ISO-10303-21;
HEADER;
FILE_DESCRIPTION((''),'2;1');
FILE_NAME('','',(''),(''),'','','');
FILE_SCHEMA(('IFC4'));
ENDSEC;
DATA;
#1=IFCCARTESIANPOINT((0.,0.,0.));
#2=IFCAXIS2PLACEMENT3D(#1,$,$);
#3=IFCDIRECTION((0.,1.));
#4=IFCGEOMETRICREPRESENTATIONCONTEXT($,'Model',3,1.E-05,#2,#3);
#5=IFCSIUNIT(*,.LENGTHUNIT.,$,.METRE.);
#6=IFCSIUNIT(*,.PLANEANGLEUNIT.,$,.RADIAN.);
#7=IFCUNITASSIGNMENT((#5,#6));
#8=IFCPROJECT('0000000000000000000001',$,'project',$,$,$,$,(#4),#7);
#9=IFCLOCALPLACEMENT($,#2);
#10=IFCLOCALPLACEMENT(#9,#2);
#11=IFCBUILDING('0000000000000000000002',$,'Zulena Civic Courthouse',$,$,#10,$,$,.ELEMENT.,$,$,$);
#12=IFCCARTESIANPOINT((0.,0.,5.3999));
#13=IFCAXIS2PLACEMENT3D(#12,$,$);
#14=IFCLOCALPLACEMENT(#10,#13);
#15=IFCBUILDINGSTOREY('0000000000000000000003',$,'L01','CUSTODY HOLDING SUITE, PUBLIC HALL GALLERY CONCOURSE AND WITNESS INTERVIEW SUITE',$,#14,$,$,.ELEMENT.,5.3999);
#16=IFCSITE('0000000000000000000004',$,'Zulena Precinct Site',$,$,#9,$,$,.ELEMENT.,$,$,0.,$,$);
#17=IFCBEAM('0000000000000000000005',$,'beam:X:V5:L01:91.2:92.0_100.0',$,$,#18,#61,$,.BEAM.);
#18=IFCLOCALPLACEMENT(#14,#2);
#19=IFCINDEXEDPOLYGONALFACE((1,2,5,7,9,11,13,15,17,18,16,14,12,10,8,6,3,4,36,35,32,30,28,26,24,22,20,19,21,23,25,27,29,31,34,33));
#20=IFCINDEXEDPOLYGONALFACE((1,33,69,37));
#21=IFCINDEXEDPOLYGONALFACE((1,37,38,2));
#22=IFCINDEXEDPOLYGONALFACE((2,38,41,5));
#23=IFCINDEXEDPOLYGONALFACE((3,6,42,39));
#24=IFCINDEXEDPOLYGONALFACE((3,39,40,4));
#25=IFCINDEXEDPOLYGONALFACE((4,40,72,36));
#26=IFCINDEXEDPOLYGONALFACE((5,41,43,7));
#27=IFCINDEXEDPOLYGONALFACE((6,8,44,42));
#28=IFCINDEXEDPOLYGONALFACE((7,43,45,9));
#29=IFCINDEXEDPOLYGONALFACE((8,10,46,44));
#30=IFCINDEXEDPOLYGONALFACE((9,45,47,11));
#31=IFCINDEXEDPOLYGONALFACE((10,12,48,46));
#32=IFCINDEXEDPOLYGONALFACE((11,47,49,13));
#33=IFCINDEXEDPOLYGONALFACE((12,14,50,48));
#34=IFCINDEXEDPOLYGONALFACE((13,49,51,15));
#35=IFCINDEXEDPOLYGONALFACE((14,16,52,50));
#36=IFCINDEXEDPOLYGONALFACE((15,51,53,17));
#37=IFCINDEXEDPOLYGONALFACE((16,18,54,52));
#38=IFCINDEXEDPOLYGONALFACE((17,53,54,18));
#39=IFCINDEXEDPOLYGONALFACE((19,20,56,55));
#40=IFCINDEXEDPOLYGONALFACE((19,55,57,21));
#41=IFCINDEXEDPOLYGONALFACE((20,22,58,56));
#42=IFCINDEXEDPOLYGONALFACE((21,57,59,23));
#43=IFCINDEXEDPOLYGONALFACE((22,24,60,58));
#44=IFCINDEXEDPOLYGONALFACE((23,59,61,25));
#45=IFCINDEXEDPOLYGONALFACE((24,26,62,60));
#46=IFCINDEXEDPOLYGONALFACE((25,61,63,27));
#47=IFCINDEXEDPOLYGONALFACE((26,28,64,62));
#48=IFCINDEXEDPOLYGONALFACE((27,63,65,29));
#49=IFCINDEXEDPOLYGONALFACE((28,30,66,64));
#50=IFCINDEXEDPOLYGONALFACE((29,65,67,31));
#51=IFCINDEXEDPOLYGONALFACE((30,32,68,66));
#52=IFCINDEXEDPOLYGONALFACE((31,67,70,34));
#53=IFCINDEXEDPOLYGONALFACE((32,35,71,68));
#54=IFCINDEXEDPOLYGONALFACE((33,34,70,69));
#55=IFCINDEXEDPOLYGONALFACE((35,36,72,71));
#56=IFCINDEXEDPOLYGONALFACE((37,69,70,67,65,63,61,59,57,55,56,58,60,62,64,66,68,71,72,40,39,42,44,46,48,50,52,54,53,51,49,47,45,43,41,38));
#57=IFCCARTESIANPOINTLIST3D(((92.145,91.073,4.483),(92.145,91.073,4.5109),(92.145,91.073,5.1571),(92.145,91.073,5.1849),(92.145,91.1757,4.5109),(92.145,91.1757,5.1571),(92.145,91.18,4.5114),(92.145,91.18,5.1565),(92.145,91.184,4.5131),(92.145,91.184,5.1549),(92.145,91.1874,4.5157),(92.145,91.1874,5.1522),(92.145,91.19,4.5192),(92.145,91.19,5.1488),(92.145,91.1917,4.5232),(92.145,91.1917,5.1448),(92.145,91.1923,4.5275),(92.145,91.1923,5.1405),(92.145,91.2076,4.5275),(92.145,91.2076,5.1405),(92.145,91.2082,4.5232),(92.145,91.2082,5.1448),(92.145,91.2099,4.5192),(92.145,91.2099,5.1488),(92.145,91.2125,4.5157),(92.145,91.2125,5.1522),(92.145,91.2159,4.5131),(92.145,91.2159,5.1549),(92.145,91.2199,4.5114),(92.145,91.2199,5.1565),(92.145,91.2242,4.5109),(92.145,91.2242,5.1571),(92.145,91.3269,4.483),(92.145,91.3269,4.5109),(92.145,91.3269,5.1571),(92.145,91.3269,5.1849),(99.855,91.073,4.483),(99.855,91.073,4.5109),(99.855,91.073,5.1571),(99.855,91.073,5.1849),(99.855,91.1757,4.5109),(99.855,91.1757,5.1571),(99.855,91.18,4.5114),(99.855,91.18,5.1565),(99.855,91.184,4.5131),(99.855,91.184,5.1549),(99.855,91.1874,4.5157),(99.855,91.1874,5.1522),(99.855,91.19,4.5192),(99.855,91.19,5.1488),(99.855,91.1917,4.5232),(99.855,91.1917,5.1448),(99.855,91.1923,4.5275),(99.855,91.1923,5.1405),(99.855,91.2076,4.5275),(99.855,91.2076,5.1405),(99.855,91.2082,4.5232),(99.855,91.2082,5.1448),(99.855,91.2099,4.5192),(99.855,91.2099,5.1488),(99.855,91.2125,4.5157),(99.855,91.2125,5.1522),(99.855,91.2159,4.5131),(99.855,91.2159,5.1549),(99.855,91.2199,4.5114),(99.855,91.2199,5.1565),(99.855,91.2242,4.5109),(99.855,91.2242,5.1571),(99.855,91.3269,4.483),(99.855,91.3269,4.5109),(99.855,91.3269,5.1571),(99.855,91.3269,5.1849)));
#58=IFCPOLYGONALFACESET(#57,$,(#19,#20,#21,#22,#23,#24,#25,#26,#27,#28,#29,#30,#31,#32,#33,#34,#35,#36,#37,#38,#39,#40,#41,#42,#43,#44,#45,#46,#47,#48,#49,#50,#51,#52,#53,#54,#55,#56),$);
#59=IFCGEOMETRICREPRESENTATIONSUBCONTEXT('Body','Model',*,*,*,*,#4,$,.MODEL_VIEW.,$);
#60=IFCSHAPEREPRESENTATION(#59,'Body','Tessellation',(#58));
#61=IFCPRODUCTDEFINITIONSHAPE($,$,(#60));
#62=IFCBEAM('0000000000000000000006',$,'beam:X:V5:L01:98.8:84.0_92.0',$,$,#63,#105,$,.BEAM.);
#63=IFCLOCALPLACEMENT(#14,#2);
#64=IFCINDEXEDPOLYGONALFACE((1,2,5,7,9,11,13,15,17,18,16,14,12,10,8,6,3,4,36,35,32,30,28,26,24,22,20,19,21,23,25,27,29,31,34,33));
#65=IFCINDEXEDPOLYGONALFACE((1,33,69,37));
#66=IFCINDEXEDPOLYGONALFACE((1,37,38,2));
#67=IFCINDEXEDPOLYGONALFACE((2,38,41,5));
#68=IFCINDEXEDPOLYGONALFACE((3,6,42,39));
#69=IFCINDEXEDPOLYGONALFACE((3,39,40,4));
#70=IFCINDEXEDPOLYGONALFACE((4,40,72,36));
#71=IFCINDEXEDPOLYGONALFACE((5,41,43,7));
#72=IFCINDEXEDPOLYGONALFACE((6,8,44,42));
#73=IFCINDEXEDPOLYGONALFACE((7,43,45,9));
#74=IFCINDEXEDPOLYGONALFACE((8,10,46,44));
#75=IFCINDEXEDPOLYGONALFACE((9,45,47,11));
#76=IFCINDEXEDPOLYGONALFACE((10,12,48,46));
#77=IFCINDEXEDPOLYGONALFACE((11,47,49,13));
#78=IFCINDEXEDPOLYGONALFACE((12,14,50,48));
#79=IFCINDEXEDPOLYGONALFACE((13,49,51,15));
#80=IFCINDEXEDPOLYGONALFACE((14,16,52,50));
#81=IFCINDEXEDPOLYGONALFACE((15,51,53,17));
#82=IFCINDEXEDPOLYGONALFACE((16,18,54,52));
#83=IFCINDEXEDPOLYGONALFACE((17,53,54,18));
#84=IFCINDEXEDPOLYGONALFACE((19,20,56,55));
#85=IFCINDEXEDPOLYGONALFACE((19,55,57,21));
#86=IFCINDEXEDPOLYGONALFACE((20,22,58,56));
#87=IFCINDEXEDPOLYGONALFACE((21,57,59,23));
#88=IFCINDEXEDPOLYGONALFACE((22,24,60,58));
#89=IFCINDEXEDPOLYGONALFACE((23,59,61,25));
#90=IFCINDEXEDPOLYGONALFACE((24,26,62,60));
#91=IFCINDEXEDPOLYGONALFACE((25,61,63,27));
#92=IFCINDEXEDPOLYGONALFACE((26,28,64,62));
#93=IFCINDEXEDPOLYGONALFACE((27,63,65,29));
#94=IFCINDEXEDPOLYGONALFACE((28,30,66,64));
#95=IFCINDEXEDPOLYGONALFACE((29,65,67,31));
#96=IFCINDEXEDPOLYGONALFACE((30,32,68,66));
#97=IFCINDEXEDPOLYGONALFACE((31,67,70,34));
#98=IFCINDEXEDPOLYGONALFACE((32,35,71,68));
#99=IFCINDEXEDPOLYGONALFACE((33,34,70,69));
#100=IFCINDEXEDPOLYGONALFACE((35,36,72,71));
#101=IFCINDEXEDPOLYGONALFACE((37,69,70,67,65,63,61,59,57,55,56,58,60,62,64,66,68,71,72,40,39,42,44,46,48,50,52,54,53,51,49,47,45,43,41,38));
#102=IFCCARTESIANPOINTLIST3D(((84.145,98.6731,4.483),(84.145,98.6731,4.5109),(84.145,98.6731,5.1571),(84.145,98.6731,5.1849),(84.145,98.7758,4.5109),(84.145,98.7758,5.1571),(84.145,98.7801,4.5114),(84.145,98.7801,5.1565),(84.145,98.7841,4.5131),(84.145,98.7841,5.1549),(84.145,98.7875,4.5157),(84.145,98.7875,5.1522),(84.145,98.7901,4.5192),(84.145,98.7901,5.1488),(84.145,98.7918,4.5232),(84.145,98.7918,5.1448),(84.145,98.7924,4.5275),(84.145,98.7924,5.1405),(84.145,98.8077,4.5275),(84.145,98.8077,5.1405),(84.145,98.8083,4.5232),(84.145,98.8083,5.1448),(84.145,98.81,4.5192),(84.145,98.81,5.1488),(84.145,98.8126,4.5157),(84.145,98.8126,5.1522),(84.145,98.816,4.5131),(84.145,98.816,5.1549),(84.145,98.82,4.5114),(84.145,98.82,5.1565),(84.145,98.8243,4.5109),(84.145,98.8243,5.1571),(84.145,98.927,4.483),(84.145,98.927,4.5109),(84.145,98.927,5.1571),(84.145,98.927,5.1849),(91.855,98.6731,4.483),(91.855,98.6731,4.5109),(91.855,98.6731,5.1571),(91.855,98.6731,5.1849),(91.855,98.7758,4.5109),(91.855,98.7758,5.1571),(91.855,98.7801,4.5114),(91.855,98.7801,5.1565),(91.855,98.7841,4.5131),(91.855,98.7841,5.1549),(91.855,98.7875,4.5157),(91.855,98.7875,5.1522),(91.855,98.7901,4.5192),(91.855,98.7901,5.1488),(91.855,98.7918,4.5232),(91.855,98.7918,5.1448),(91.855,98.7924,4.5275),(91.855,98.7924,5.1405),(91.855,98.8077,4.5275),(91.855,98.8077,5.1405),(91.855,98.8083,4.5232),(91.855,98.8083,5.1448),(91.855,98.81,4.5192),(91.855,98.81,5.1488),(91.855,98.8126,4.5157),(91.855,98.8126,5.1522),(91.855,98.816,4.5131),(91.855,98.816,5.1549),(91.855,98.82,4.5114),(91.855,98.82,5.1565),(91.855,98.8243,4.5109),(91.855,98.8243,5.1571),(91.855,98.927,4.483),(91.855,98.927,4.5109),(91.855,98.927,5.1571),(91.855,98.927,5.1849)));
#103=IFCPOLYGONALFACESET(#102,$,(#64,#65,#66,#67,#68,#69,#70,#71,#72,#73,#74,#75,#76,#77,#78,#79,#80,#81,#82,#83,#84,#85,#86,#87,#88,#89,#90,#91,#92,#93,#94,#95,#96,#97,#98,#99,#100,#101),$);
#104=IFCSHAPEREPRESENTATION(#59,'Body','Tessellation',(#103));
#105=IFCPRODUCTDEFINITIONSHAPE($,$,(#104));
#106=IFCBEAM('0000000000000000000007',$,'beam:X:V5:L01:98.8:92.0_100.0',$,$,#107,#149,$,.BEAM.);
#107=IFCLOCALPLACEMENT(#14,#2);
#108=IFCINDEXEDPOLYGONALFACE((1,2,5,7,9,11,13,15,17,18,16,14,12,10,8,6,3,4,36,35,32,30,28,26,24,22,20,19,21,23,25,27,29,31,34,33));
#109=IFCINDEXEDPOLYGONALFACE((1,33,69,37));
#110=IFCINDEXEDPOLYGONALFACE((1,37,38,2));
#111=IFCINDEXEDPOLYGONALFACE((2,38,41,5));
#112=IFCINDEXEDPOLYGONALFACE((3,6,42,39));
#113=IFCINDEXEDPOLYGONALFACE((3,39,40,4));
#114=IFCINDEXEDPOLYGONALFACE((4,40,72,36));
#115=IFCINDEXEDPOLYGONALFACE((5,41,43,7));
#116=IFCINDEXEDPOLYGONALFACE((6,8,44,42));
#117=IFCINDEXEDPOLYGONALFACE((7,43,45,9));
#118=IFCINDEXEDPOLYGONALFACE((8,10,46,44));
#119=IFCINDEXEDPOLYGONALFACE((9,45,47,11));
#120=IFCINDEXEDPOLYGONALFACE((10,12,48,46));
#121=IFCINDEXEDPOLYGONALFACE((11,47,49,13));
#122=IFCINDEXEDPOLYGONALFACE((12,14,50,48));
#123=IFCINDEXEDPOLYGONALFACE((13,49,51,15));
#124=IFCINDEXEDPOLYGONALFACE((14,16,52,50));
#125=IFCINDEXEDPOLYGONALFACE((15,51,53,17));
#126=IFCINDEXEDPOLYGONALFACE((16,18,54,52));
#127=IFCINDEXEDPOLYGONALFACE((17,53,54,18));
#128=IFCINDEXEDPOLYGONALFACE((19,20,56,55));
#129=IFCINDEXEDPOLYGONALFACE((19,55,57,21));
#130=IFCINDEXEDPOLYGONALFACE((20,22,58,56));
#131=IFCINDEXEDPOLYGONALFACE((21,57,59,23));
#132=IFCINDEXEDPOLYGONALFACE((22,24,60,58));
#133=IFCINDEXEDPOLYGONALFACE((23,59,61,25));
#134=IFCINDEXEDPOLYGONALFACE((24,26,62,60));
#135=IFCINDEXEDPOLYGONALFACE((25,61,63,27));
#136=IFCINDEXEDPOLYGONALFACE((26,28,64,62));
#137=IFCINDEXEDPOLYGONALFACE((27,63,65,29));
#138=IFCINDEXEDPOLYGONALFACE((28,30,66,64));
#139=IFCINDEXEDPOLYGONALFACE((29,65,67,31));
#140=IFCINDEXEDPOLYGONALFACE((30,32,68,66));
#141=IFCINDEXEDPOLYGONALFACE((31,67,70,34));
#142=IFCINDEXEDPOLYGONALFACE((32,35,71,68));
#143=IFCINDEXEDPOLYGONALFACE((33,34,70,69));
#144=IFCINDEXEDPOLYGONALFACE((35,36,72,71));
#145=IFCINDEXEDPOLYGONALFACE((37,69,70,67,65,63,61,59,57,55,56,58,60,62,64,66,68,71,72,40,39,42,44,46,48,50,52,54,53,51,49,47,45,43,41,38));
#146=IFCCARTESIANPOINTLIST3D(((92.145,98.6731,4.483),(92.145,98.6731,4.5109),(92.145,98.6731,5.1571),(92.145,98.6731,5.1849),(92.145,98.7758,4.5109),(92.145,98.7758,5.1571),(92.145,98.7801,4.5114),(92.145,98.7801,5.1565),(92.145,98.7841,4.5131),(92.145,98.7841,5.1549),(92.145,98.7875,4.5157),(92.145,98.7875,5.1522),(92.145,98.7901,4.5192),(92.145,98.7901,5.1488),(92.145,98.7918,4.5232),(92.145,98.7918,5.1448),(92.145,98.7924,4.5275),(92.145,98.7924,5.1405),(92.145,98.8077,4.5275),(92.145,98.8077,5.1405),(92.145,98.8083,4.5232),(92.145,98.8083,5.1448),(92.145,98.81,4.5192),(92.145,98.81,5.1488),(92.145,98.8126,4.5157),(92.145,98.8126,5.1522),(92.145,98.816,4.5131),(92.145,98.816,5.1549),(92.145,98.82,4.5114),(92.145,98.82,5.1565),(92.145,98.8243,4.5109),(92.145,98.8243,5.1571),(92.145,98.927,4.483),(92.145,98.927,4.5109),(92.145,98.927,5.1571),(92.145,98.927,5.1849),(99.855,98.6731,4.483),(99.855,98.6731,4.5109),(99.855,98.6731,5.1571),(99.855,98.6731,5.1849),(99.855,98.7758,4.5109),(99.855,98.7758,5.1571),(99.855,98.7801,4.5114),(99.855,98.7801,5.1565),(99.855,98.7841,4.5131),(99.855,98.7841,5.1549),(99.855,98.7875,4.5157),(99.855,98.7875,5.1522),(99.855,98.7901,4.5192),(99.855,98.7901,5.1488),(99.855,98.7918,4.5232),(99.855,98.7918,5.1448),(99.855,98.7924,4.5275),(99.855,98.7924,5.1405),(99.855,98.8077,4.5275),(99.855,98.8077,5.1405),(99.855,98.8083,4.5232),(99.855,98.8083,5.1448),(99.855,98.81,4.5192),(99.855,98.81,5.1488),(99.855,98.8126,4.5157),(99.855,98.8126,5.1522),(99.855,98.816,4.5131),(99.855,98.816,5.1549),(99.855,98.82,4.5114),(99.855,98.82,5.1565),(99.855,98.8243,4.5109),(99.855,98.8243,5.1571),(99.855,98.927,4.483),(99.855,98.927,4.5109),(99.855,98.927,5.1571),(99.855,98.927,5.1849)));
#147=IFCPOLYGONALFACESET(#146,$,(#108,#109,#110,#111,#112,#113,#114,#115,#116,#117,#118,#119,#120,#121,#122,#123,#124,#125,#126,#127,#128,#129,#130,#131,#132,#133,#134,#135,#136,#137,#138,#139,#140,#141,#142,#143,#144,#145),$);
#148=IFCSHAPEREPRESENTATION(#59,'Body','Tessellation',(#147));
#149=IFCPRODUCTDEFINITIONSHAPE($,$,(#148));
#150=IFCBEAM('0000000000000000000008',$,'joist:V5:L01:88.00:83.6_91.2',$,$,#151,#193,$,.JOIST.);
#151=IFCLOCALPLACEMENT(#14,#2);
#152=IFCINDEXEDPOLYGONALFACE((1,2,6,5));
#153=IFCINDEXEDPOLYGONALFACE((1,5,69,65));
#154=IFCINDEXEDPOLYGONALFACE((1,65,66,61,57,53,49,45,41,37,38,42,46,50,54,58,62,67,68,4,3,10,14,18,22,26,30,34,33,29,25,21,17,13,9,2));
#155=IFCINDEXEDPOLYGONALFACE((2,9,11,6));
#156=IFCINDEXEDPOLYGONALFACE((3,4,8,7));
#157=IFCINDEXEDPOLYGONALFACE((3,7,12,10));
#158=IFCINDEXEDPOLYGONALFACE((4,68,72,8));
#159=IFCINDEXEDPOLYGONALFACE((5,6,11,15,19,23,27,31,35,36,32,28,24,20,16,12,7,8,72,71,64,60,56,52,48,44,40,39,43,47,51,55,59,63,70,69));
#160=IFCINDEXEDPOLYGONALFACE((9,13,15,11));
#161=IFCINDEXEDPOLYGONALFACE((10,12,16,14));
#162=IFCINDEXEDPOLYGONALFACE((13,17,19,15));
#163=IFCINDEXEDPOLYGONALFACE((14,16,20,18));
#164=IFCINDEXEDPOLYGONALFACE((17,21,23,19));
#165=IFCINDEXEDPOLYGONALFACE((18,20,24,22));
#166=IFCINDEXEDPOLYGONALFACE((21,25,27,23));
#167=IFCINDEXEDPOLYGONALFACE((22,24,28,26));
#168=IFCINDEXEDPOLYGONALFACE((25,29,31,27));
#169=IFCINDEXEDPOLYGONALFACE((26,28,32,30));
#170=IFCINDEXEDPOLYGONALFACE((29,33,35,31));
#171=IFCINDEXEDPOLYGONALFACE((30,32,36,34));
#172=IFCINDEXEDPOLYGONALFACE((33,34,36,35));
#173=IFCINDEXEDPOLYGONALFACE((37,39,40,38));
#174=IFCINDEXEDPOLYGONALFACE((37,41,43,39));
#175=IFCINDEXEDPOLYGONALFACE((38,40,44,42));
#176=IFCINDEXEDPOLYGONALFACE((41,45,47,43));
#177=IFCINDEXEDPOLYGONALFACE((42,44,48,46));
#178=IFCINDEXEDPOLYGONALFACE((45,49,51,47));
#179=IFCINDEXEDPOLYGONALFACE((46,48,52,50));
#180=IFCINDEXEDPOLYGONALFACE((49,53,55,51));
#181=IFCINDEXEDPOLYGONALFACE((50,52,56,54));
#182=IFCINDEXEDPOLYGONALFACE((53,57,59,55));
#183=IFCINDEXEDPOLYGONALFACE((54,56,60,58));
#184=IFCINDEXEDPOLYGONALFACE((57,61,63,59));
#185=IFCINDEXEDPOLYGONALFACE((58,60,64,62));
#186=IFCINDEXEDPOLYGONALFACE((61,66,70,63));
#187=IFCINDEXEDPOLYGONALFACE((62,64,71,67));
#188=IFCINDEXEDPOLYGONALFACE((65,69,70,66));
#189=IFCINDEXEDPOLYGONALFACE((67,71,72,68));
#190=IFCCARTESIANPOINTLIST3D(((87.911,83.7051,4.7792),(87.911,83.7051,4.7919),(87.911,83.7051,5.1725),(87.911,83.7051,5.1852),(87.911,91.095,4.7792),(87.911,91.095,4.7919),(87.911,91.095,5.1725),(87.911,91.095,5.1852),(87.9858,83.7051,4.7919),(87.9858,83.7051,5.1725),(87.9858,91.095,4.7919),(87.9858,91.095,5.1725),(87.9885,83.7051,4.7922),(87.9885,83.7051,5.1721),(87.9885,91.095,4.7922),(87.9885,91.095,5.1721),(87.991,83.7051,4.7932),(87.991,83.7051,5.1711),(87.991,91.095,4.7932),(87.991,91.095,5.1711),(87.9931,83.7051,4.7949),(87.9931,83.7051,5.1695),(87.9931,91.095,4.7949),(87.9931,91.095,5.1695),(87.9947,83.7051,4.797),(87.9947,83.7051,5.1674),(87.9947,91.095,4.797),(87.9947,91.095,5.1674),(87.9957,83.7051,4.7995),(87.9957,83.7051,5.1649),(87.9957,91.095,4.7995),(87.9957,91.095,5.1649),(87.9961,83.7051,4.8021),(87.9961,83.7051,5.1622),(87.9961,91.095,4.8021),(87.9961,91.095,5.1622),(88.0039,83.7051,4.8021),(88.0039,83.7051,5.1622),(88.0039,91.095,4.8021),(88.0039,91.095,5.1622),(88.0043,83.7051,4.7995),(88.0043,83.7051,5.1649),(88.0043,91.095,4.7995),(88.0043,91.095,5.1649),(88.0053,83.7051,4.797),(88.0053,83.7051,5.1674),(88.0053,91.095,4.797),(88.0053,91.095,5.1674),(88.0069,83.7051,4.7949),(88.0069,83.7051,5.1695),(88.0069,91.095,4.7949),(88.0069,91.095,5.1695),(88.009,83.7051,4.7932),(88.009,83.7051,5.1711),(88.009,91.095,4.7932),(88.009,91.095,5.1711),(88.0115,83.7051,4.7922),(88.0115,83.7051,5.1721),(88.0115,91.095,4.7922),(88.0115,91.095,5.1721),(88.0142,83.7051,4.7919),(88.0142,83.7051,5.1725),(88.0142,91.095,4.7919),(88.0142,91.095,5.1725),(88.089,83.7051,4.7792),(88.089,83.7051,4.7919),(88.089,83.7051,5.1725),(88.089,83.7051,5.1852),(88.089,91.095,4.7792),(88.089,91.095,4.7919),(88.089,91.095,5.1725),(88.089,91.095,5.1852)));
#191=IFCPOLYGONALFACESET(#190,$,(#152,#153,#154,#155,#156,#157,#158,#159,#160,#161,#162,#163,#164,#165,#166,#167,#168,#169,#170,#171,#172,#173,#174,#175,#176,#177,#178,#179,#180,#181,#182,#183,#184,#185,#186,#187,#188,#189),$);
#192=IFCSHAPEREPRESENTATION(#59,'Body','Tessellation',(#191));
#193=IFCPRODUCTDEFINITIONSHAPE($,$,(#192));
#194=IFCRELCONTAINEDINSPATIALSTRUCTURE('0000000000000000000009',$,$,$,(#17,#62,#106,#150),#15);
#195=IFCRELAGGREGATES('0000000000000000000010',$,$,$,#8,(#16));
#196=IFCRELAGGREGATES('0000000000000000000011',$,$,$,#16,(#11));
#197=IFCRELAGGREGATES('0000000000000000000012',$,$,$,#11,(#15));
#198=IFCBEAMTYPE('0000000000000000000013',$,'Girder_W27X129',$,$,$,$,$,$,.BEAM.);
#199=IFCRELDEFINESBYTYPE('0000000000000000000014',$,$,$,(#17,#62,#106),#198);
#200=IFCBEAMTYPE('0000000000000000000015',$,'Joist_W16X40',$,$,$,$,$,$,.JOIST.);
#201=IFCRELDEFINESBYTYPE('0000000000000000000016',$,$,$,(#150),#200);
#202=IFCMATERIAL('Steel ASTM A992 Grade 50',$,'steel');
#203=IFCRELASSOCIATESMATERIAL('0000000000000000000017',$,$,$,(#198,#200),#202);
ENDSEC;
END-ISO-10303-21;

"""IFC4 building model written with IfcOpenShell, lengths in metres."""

from ifc_helpers import new_model, si_unit, direction, frame, origin, origin_2d, place, context, subcontext, project, spatial, i_section, extrude, material, material_profile, profile_set, type_object, element, save


model = new_model("IFC4")

# Units and contexts
model_context = context("Model", 3, precision=1e-05, world=origin(), true_north=direction((0.0, 1.0)))
body_context = subcontext(model_context, "Body", "Model", "MODEL_VIEW")
ifc_project = project(units=[si_unit("LENGTHUNIT", "METRE"), si_unit("PLANEANGLEUNIT", "RADIAN")], contexts=[model_context])

# Site, building, storey
site_placement = place(None, origin())
site = spatial("IfcSite", under=ifc_project, at=site_placement, Name="Zulena Precinct Site", CompositionType="ELEMENT", RefElevation=0.0)
building_placement = place(site_placement, origin())
building = spatial("IfcBuilding", under=site, at=building_placement, Name="Zulena Civic Courthouse", CompositionType="ELEMENT")
storey_placement = place(building_placement, frame((0.0, 0.0, 5.3999)))
storey = spatial("IfcBuildingStorey", under=building, at=storey_placement, Name="L01", Description="CUSTODY HOLDING SUITE, PUBLIC HALL GALLERY CONCOURSE AND WITNESS INTERVIEW SUITE", CompositionType="ELEMENT", Elevation=5.3999)

# Shared definitions
ifc_material_1 = material(Name="Steel ASTM A992 Grade 50", Category="steel")

# Beams
ifc_material_profile_1 = material_profile(ifc_material_1, i_section(OverallWidth=0.2539, OverallDepth=0.7019, WebThickness=0.0154, FlangeThickness=0.0278, FilletRadius=0.0166, at=origin_2d()), Name="W27X129")
ifc_profile_set_1 = profile_set([ifc_material_profile_1], Name="Steel ASTM A992 Grade 50")
beam_type_1 = type_object("IfcBeamType", Name="Girder_W27X129", PredefinedType="BEAM", material=ifc_profile_set_1)
for number, where, z_axis, x_axis, name in (
    (1, (92.145, 91.2, 4.834), (1.0, 0.0, 0.0), (0.0, 1.0, 0.0), "beam:X:V5:L01:91.2:92.0_100.0"),
    (2, (84.145, 98.8, 4.834), (1.0, 0.0, 0.0), (0.0, 1.0, 0.0), "beam:X:V5:L01:98.8:84.0_92.0"),
    (3, (92.145, 98.8, 4.834), (1.0, 0.0, 0.0), (0.0, 1.0, 0.0), "beam:X:V5:L01:98.8:92.0_100.0"),
):
    element("IfcBeam", number, at=place(storey_placement, frame(where, z_axis=z_axis, x_axis=x_axis)), inside=storey, type_object=beam_type_1, Name=name, PredefinedType="BEAM", context=body_context, shape_type="SweptSolid", body=[
        extrude(i_section(OverallWidth=0.2539, OverallDepth=0.7019, WebThickness=0.0154, FlangeThickness=0.0278, FilletRadius=0.0166, at=origin_2d()), origin(), (0.0, 0.0, 1.0), 7.71),
    ])
ifc_material_profile_2 = material_profile(ifc_material_1, i_section(OverallWidth=0.178, OverallDepth=0.406, WebThickness=0.0078, FlangeThickness=0.0127, FilletRadius=0.0103, at=origin_2d()), Name="W16X40")
ifc_profile_set_2 = profile_set([ifc_material_profile_2], Name="Steel ASTM A992 Grade 50")
beam_type_2 = type_object("IfcBeamType", Name="Joist_W16X40", PredefinedType="JOIST", material=ifc_profile_set_2)
beam_1_placement = place(storey_placement, frame((88.0, 83.7051, 4.9822), z_axis=(0.0, 1.0, 0.0), x_axis=(-1.0, 0.0, 0.0)))
element("IfcBeam", 4, at=beam_1_placement, inside=storey, type_object=beam_type_2, Name="joist:V5:L01:88.00:83.6_91.2", PredefinedType="JOIST", context=body_context, shape_type="SweptSolid", body=[
    extrude(i_section(OverallWidth=0.178, OverallDepth=0.406, WebThickness=0.0078, FlangeThickness=0.0127, FilletRadius=0.0103, at=origin_2d()), origin(), (0.0, 0.0, 1.0), 7.3899),
])

save(model, "model.ifc")
